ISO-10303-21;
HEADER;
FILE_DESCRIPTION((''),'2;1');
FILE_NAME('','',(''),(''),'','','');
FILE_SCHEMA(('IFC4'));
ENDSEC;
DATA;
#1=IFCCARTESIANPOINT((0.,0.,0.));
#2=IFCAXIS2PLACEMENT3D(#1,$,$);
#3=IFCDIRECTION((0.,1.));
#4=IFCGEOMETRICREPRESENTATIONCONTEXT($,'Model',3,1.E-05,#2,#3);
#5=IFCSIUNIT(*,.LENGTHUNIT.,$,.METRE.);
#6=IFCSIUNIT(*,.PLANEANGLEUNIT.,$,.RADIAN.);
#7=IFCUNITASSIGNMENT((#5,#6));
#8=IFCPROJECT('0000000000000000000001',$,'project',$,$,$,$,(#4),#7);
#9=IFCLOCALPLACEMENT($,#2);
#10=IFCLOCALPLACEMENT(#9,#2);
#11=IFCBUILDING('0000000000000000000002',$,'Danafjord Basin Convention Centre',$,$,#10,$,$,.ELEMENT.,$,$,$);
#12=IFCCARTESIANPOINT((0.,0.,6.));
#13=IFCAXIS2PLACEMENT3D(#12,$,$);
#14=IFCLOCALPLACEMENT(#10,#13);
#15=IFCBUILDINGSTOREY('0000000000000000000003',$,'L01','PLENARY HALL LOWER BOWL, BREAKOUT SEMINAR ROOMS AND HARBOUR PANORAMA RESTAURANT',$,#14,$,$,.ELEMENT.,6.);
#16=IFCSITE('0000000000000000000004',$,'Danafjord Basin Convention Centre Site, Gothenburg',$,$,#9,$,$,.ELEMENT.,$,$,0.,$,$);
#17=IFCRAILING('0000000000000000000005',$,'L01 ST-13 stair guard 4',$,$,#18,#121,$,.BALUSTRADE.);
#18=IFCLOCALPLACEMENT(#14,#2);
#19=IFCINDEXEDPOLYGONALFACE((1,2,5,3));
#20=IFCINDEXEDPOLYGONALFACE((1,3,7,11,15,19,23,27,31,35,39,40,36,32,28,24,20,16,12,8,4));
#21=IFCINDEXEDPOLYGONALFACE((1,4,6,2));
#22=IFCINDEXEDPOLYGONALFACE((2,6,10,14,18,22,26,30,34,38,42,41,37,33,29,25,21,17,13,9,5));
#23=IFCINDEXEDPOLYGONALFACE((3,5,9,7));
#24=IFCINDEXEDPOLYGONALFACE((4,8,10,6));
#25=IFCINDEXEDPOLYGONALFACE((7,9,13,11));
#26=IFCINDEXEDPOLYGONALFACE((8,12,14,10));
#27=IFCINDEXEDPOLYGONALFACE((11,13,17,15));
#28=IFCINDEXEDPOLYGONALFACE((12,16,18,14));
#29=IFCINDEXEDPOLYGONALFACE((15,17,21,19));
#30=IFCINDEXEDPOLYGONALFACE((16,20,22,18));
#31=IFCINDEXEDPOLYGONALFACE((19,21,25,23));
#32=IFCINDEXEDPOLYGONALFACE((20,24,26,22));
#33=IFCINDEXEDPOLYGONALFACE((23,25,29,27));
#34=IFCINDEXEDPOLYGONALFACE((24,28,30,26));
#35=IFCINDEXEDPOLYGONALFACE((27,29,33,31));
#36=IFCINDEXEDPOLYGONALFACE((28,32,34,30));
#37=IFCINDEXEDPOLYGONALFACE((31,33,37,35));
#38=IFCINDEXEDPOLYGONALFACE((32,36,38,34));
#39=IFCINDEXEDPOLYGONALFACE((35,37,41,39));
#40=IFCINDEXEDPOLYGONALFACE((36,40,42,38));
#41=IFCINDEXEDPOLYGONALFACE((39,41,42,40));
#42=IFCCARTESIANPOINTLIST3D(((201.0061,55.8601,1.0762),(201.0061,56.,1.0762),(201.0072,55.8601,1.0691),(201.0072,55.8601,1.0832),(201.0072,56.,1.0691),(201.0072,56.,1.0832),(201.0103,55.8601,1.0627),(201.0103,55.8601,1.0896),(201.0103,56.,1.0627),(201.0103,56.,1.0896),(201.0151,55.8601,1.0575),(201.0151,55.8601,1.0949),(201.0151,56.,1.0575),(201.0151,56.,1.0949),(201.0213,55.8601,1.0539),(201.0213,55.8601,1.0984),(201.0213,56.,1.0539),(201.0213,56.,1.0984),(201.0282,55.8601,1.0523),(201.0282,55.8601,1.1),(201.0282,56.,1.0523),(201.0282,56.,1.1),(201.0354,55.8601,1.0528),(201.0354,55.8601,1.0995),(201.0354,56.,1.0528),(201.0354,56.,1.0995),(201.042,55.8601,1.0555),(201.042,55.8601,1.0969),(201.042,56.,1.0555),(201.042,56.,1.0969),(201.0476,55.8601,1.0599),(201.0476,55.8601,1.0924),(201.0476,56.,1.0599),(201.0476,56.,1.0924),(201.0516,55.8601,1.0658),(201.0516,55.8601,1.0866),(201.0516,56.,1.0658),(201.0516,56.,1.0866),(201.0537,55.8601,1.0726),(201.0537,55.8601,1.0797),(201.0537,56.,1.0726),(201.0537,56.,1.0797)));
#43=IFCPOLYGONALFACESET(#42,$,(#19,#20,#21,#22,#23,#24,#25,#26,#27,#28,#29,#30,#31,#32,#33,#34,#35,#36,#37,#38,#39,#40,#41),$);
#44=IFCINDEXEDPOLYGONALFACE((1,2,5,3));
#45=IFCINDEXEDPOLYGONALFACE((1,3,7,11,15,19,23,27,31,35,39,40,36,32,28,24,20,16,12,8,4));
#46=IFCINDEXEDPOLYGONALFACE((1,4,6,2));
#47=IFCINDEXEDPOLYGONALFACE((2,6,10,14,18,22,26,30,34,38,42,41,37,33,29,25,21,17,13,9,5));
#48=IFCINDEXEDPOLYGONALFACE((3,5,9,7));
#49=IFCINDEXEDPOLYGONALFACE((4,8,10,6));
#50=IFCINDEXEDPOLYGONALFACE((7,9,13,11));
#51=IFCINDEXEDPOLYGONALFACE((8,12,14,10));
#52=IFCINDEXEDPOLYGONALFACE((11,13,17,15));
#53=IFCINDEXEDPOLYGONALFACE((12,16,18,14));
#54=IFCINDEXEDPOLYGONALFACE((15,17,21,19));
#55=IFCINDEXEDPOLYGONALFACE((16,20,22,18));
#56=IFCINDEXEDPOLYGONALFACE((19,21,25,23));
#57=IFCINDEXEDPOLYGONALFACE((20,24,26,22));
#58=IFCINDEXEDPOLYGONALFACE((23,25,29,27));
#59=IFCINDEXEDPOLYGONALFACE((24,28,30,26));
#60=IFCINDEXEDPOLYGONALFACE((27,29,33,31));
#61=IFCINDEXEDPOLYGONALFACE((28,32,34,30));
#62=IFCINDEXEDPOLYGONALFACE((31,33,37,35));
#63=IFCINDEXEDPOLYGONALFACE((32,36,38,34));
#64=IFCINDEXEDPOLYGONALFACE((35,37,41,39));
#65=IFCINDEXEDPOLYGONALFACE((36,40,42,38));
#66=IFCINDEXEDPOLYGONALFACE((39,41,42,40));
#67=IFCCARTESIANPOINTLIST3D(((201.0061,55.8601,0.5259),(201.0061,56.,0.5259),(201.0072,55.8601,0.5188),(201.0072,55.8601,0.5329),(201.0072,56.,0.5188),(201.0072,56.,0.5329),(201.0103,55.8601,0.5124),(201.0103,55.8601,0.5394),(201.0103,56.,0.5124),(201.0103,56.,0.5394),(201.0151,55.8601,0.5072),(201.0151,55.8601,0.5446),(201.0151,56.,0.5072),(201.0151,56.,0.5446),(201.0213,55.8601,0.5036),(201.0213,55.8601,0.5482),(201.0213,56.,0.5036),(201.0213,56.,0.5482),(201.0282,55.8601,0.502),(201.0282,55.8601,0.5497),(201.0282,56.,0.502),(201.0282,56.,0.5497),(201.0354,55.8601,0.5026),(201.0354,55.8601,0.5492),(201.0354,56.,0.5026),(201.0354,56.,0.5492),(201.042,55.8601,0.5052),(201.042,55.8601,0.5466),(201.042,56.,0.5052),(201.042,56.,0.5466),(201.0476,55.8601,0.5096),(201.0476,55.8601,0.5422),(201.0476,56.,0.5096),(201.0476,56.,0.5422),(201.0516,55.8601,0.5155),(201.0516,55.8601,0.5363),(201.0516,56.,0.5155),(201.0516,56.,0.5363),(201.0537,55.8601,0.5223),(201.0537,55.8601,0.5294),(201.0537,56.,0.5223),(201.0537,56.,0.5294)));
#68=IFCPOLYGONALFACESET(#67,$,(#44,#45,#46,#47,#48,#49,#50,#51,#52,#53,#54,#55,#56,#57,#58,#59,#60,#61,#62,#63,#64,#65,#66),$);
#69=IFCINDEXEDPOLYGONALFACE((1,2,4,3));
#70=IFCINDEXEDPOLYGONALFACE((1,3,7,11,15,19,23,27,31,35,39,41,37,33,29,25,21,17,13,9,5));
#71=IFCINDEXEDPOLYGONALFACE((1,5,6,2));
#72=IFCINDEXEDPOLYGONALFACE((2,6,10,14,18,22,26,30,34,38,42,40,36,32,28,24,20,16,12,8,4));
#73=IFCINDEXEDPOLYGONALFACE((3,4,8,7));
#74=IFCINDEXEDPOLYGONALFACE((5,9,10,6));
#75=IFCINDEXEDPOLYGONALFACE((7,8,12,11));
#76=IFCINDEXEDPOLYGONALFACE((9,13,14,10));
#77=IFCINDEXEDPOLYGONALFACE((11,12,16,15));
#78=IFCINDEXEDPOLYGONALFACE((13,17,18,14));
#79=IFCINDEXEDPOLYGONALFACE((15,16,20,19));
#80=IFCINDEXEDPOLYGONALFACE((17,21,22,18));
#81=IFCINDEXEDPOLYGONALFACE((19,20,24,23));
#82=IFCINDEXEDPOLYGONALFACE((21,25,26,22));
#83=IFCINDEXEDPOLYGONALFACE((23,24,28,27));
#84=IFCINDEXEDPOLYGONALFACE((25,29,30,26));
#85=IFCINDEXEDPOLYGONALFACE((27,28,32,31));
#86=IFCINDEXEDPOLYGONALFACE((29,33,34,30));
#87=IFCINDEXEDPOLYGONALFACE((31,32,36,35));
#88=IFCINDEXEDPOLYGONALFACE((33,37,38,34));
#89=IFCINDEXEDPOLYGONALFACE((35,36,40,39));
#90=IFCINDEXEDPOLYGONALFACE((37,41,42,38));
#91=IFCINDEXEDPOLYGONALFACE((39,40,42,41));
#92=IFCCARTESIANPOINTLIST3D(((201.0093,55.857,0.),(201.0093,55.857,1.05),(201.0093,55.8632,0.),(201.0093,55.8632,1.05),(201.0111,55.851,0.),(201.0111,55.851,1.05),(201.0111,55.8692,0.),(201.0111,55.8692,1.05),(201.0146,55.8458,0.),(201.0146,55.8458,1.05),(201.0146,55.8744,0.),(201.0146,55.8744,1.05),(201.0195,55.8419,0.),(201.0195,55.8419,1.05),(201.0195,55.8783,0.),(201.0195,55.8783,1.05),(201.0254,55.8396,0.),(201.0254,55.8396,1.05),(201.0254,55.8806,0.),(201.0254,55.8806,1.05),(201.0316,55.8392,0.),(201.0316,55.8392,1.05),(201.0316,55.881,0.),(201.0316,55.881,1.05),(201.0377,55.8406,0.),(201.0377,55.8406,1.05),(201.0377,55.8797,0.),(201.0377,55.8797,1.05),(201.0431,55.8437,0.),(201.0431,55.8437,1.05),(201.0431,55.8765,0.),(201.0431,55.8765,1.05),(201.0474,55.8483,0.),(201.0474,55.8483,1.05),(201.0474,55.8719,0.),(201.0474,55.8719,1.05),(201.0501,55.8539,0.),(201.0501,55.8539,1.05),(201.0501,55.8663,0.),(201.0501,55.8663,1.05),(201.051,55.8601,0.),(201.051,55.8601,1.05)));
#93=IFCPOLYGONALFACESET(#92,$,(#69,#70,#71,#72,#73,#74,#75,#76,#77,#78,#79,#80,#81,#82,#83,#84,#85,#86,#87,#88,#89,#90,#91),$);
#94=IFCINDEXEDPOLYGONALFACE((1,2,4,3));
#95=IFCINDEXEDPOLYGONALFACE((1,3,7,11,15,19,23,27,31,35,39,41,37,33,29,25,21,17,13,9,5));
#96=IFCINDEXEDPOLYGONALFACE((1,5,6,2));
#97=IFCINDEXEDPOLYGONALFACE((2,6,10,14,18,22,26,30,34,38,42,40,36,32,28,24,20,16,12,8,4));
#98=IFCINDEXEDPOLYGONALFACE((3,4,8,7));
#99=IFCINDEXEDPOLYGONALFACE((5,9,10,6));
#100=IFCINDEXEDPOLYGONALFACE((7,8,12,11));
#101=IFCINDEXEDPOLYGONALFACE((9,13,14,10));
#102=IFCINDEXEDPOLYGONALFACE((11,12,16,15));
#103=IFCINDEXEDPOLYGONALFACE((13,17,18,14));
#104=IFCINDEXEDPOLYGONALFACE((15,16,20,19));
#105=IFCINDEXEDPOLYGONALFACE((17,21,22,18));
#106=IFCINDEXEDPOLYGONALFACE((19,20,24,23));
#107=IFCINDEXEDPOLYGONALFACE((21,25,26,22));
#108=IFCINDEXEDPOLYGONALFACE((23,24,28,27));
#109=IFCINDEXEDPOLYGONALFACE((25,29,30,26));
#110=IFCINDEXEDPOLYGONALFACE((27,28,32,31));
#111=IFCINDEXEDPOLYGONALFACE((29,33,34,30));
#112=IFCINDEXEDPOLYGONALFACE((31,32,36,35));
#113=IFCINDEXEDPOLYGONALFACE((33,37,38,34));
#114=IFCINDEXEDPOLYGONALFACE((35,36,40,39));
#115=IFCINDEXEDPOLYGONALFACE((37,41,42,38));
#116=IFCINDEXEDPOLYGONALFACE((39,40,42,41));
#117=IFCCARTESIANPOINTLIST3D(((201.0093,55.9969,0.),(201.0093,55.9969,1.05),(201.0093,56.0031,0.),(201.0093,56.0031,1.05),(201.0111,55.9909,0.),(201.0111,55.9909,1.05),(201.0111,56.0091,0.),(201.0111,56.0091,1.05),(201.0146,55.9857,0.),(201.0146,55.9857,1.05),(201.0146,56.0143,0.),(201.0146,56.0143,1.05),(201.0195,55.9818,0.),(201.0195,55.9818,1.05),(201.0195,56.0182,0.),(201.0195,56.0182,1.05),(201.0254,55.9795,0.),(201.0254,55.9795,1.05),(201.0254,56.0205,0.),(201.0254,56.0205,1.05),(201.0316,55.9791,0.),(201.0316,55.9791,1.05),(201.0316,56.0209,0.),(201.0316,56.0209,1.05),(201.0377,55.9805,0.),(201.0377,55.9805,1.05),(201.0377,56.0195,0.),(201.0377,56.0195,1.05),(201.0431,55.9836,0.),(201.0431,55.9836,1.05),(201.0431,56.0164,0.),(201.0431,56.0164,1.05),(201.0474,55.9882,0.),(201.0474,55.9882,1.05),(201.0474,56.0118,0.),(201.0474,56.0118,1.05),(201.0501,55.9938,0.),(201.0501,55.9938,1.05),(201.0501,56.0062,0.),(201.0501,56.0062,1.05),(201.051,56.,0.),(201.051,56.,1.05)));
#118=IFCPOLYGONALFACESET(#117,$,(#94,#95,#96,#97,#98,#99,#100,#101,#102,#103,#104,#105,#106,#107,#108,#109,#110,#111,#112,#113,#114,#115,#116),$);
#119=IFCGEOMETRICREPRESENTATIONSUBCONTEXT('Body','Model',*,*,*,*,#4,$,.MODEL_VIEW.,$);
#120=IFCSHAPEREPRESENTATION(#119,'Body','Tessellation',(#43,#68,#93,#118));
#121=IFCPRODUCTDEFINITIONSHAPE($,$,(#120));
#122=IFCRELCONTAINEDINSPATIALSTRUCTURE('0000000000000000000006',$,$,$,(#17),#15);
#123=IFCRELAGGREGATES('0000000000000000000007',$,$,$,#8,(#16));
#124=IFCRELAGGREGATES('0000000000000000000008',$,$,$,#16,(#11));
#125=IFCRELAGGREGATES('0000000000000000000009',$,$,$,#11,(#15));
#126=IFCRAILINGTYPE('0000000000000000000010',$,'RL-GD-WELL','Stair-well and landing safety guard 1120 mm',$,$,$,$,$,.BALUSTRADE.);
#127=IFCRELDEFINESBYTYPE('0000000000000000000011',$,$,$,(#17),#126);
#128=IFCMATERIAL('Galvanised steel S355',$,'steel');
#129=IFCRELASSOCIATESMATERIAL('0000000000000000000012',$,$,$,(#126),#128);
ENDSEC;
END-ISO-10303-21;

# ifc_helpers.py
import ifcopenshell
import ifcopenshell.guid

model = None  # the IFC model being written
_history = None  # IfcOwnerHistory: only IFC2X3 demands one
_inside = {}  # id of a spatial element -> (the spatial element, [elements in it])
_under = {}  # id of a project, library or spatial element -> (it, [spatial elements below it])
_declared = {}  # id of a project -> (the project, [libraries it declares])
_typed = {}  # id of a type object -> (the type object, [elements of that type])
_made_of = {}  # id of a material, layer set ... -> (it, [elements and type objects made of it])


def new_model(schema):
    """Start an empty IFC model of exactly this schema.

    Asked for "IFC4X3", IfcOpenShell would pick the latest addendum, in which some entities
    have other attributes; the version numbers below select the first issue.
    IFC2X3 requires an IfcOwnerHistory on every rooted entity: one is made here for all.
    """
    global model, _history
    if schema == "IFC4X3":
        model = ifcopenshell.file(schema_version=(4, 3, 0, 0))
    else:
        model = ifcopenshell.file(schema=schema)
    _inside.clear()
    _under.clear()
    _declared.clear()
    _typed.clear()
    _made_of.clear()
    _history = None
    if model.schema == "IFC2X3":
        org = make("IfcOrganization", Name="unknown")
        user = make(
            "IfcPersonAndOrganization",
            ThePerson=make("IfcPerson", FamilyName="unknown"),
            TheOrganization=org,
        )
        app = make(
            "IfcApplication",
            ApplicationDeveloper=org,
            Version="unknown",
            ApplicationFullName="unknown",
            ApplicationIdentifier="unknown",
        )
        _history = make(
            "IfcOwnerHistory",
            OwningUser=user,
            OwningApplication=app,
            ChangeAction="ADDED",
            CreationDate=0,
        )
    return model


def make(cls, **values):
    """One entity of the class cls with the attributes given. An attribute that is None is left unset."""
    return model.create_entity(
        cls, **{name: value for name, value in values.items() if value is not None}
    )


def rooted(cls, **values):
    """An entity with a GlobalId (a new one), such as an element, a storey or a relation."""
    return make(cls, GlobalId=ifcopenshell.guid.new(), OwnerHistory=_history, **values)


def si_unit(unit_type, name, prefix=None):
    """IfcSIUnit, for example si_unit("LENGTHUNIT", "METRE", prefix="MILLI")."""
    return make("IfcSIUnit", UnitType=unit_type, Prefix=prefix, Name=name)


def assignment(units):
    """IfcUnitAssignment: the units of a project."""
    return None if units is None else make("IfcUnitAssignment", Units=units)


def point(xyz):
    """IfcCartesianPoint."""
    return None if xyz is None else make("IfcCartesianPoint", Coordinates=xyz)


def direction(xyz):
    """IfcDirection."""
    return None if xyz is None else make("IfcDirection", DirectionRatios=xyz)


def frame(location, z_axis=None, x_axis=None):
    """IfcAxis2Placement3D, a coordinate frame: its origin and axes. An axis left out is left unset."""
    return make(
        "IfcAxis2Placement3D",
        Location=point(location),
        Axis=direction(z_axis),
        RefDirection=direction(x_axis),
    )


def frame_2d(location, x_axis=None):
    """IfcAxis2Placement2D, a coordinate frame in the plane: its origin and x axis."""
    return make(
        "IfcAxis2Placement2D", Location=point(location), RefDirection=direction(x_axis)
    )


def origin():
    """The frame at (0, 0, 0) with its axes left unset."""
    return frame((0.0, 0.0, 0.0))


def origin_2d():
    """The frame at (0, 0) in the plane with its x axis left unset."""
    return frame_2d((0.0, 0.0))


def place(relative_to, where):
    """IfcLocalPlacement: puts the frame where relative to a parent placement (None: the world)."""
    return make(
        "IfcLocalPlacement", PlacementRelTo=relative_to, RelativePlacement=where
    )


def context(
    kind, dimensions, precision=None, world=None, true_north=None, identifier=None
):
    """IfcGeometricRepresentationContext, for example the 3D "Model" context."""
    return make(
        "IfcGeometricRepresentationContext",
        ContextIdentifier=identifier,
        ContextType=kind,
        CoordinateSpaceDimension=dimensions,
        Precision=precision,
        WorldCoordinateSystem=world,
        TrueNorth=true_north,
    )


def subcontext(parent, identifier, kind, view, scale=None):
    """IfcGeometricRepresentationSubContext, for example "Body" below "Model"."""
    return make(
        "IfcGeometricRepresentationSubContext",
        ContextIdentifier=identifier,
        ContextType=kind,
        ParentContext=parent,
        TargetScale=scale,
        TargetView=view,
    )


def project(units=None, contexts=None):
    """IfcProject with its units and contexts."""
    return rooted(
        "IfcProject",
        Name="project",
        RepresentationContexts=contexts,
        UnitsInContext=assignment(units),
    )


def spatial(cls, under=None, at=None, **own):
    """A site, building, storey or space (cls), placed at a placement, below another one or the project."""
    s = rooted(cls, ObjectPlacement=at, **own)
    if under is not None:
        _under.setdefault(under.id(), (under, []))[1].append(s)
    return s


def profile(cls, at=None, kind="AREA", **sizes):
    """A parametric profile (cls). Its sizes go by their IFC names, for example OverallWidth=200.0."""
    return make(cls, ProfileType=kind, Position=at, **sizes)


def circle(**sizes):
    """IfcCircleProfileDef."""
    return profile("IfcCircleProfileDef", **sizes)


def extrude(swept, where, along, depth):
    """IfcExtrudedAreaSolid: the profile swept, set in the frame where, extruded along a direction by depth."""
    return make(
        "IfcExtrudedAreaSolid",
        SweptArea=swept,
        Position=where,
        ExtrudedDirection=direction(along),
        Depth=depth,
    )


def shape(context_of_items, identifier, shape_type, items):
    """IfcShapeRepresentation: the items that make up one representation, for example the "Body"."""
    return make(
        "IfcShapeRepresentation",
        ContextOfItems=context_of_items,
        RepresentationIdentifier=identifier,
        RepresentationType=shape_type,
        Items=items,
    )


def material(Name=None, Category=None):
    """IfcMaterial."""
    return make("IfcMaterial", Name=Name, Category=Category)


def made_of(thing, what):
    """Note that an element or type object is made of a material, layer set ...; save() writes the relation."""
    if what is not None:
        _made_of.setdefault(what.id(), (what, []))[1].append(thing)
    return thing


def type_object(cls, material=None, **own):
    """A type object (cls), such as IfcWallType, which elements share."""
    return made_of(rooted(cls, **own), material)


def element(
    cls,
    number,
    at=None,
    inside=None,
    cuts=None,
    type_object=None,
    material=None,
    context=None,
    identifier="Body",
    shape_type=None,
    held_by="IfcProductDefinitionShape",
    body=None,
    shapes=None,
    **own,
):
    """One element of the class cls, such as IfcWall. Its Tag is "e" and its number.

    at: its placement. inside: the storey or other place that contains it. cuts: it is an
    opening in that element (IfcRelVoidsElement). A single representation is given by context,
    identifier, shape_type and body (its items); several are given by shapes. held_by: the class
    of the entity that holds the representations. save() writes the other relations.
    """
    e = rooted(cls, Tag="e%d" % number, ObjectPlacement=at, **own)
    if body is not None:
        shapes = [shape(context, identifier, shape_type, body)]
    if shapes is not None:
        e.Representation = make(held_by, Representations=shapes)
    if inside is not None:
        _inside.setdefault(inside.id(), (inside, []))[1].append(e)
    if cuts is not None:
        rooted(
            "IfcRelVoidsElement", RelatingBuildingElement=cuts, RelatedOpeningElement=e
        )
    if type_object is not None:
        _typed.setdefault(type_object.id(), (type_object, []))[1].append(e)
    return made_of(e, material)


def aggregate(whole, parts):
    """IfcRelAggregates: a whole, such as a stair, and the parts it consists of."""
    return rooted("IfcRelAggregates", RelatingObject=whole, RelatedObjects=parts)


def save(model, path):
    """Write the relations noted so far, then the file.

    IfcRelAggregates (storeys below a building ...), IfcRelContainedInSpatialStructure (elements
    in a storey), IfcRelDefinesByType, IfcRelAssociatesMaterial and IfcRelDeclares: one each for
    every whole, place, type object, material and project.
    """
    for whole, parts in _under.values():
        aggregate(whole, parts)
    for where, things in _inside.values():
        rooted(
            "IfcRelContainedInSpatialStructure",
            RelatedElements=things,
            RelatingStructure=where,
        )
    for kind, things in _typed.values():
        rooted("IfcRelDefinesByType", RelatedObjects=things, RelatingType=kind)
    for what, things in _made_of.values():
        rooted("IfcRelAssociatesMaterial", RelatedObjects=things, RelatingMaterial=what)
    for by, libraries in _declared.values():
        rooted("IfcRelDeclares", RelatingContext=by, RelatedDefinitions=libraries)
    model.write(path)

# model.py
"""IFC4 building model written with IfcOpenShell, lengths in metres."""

from ifc_helpers import new_model, si_unit, direction, frame, origin, origin_2d, place, context, subcontext, project, spatial, circle, extrude, material, type_object, element, save


model = new_model("IFC4")

# Units and contexts
model_context = context("Model", 3, precision=1e-05, world=origin(), true_north=direction((0.0, 1.0)))
body_context = subcontext(model_context, "Body", "Model", "MODEL_VIEW")
ifc_project = project(units=[si_unit("LENGTHUNIT", "METRE"), si_unit("PLANEANGLEUNIT", "RADIAN")], contexts=[model_context])

# Site, building, storey
site_placement = place(None, origin())
site = spatial("IfcSite", under=ifc_project, at=site_placement, Name="Danafjord Basin Convention Centre Site, Gothenburg", CompositionType="ELEMENT", RefElevation=0.0)
building_placement = place(site_placement, origin())
building = spatial("IfcBuilding", under=site, at=building_placement, Name="Danafjord Basin Convention Centre", CompositionType="ELEMENT")
storey_placement = place(building_placement, frame((0.0, 0.0, 6.0)))
storey = spatial("IfcBuildingStorey", under=building, at=storey_placement, Name="L01", Description="PLENARY HALL LOWER BOWL, BREAKOUT SEMINAR ROOMS AND HARBOUR PANORAMA RESTAURANT", CompositionType="ELEMENT", Elevation=6.0)

# Railing
ifc_material_1 = material(Name="Galvanised steel S355", Category="steel")
railing_type_1 = type_object("IfcRailingType", Name="RL-GD-WELL", Description="Stair-well and landing safety guard 1120 mm", PredefinedType="BALUSTRADE", material=ifc_material_1)
railing_1_placement = place(storey_placement, frame((201.03, 55.8601, 0.0)))
element("IfcRailing", 1, at=railing_1_placement, inside=storey, type_object=railing_type_1, Name="L01 ST-13 stair guard 4", PredefinedType="BALUSTRADE", context=body_context, shape_type="SweptSolid", body=[
    extrude(circle(Radius=0.0239, at=origin_2d()), frame((0.0, 0.0, 1.0762), z_axis=(0.0, 1.0, 0.0), x_axis=(-1.0, 0.0, 0.0)), (0.0, 0.0, 1.0), 0.1399),
    extrude(circle(Radius=0.0239, at=origin_2d()), frame((0.0, 0.0, 0.5259), z_axis=(0.0, 1.0, 0.0), x_axis=(-1.0, 0.0, 0.0)), (0.0, 0.0, 1.0), 0.1399),
    extrude(circle(Radius=0.021, at=origin_2d()), origin(), (0.0, 0.0, 1.0), 1.05),
    extrude(circle(Radius=0.021, at=origin_2d()), frame((0.0, 0.1399, 0.0)), (0.0, 0.0, 1.0), 1.05),
])

save(model, "model.ifc")
